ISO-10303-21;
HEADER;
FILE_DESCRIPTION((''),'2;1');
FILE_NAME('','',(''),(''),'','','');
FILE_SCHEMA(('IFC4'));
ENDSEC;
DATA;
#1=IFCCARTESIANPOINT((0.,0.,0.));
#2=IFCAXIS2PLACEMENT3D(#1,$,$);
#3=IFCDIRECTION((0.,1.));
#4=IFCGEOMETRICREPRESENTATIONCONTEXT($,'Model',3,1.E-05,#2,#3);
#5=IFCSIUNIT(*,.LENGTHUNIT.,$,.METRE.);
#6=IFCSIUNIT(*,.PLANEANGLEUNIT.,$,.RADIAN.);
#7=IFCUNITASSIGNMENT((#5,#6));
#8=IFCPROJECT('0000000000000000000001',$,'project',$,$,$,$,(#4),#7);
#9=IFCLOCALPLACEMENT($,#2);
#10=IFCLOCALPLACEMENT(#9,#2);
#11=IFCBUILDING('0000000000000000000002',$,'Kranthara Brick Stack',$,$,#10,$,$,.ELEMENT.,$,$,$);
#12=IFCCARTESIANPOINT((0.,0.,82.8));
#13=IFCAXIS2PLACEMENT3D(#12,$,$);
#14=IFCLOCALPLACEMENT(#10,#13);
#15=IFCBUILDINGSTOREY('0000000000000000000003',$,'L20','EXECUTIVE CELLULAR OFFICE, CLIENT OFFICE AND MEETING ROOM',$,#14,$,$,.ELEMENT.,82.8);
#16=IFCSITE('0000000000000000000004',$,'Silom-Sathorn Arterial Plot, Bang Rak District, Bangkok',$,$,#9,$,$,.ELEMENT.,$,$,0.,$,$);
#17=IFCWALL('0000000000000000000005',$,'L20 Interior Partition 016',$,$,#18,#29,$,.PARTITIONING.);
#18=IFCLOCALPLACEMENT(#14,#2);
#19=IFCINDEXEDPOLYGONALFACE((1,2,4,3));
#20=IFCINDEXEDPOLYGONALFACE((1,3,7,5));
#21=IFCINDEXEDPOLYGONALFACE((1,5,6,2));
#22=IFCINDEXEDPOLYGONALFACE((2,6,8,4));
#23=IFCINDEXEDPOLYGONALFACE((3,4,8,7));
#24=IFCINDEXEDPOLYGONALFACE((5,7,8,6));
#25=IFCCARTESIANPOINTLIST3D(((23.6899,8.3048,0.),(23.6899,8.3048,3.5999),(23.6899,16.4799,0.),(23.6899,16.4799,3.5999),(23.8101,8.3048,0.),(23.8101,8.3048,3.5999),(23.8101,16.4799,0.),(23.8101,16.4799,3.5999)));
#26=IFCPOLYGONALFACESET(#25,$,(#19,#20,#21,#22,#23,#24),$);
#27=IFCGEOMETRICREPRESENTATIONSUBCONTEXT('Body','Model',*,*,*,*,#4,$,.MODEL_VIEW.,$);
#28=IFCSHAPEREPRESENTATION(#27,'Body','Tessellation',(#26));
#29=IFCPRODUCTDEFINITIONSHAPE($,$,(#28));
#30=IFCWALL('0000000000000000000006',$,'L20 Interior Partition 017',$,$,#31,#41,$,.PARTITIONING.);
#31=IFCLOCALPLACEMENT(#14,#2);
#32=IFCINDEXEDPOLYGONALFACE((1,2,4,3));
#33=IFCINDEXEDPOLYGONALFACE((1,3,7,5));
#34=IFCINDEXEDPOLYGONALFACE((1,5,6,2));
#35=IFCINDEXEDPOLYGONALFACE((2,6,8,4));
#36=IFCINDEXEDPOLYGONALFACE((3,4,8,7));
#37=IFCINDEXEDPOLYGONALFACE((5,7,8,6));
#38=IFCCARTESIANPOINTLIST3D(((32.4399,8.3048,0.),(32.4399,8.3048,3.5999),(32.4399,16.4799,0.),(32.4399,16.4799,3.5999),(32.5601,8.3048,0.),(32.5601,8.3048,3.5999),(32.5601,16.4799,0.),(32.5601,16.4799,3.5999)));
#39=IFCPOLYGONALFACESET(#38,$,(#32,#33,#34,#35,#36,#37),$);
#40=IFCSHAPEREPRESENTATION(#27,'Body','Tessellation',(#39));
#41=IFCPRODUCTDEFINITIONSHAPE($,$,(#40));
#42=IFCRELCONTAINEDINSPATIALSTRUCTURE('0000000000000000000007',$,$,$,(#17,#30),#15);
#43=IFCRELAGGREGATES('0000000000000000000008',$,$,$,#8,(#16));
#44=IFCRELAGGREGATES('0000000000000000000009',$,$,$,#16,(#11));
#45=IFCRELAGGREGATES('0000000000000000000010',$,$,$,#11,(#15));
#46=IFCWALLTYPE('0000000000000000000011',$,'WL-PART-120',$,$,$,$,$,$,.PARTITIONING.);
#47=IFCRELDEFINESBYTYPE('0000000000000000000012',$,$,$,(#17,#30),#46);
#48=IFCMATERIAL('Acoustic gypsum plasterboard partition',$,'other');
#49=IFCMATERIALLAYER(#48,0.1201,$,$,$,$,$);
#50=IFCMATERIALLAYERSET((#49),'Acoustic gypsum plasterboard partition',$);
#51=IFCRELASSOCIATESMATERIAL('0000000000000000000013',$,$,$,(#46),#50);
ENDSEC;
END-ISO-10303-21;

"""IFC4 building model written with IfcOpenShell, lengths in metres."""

from ifc_helpers import new_model, si_unit, direction, frame, frame_2d, origin, place, context, subcontext, project, spatial, rectangle, extrude, material, layer, layer_set, type_object, element, save


model = new_model("IFC4")

# Units and contexts
model_context = context("Model", 3, precision=1e-05, world=origin(), true_north=direction((0.0, 1.0)))
body_context = subcontext(model_context, "Body", "Model", "MODEL_VIEW")
ifc_project = project(units=[si_unit("LENGTHUNIT", "METRE"), si_unit("PLANEANGLEUNIT", "RADIAN")], contexts=[model_context])

# Site, building, storey
site_placement = place(None, origin())
site = spatial("IfcSite", under=ifc_project, at=site_placement, Name="Silom-Sathorn Arterial Plot, Bang Rak District, Bangkok", CompositionType="ELEMENT", RefElevation=0.0)
building_placement = place(site_placement, origin())
building = spatial("IfcBuilding", under=site, at=building_placement, Name="Kranthara Brick Stack", CompositionType="ELEMENT")
storey_placement = place(building_placement, frame((0.0, 0.0, 82.8)))
storey = spatial("IfcBuildingStorey", under=building, at=storey_placement, Name="L20", Description="EXECUTIVE CELLULAR OFFICE, CLIENT OFFICE AND MEETING ROOM", CompositionType="ELEMENT", Elevation=82.8)

# Walls
ifc_material_1 = material(Name="Acoustic gypsum plasterboard partition", Category="other")
ifc_layer_1 = layer(ifc_material_1, 0.1201)
ifc_layer_set_1 = layer_set([ifc_layer_1], Name="Acoustic gypsum plasterboard partition")
wall_type_1 = type_object("IfcWallType", Name="WL-PART-120", PredefinedType="PARTITIONING", material=ifc_layer_set_1)
for number, where, z_axis, x_axis, name in (
    (1, (23.75, 8.3049, 0.0), (0.0, 0.0, 1.0), (0.0, 1.0, 0.0), "L20 Interior Partition 016"),
    (2, (32.5, 8.3049, 0.0), (0.0, 0.0, 1.0), (0.0, 1.0, 0.0), "L20 Interior Partition 017"),
):
    element("IfcWall", number, at=place(storey_placement, frame(where, z_axis=z_axis, x_axis=x_axis)), inside=storey, type_object=wall_type_1, Name=name, PredefinedType="PARTITIONING", context=body_context, shape_type="SweptSolid", body=[
        extrude(rectangle(XDim=8.175, YDim=0.1201, at=frame_2d((4.0874, 0.0))), origin(), (0.0, 0.0, 1.0), 3.5999),
    ])

save(model, "model.ifc")
